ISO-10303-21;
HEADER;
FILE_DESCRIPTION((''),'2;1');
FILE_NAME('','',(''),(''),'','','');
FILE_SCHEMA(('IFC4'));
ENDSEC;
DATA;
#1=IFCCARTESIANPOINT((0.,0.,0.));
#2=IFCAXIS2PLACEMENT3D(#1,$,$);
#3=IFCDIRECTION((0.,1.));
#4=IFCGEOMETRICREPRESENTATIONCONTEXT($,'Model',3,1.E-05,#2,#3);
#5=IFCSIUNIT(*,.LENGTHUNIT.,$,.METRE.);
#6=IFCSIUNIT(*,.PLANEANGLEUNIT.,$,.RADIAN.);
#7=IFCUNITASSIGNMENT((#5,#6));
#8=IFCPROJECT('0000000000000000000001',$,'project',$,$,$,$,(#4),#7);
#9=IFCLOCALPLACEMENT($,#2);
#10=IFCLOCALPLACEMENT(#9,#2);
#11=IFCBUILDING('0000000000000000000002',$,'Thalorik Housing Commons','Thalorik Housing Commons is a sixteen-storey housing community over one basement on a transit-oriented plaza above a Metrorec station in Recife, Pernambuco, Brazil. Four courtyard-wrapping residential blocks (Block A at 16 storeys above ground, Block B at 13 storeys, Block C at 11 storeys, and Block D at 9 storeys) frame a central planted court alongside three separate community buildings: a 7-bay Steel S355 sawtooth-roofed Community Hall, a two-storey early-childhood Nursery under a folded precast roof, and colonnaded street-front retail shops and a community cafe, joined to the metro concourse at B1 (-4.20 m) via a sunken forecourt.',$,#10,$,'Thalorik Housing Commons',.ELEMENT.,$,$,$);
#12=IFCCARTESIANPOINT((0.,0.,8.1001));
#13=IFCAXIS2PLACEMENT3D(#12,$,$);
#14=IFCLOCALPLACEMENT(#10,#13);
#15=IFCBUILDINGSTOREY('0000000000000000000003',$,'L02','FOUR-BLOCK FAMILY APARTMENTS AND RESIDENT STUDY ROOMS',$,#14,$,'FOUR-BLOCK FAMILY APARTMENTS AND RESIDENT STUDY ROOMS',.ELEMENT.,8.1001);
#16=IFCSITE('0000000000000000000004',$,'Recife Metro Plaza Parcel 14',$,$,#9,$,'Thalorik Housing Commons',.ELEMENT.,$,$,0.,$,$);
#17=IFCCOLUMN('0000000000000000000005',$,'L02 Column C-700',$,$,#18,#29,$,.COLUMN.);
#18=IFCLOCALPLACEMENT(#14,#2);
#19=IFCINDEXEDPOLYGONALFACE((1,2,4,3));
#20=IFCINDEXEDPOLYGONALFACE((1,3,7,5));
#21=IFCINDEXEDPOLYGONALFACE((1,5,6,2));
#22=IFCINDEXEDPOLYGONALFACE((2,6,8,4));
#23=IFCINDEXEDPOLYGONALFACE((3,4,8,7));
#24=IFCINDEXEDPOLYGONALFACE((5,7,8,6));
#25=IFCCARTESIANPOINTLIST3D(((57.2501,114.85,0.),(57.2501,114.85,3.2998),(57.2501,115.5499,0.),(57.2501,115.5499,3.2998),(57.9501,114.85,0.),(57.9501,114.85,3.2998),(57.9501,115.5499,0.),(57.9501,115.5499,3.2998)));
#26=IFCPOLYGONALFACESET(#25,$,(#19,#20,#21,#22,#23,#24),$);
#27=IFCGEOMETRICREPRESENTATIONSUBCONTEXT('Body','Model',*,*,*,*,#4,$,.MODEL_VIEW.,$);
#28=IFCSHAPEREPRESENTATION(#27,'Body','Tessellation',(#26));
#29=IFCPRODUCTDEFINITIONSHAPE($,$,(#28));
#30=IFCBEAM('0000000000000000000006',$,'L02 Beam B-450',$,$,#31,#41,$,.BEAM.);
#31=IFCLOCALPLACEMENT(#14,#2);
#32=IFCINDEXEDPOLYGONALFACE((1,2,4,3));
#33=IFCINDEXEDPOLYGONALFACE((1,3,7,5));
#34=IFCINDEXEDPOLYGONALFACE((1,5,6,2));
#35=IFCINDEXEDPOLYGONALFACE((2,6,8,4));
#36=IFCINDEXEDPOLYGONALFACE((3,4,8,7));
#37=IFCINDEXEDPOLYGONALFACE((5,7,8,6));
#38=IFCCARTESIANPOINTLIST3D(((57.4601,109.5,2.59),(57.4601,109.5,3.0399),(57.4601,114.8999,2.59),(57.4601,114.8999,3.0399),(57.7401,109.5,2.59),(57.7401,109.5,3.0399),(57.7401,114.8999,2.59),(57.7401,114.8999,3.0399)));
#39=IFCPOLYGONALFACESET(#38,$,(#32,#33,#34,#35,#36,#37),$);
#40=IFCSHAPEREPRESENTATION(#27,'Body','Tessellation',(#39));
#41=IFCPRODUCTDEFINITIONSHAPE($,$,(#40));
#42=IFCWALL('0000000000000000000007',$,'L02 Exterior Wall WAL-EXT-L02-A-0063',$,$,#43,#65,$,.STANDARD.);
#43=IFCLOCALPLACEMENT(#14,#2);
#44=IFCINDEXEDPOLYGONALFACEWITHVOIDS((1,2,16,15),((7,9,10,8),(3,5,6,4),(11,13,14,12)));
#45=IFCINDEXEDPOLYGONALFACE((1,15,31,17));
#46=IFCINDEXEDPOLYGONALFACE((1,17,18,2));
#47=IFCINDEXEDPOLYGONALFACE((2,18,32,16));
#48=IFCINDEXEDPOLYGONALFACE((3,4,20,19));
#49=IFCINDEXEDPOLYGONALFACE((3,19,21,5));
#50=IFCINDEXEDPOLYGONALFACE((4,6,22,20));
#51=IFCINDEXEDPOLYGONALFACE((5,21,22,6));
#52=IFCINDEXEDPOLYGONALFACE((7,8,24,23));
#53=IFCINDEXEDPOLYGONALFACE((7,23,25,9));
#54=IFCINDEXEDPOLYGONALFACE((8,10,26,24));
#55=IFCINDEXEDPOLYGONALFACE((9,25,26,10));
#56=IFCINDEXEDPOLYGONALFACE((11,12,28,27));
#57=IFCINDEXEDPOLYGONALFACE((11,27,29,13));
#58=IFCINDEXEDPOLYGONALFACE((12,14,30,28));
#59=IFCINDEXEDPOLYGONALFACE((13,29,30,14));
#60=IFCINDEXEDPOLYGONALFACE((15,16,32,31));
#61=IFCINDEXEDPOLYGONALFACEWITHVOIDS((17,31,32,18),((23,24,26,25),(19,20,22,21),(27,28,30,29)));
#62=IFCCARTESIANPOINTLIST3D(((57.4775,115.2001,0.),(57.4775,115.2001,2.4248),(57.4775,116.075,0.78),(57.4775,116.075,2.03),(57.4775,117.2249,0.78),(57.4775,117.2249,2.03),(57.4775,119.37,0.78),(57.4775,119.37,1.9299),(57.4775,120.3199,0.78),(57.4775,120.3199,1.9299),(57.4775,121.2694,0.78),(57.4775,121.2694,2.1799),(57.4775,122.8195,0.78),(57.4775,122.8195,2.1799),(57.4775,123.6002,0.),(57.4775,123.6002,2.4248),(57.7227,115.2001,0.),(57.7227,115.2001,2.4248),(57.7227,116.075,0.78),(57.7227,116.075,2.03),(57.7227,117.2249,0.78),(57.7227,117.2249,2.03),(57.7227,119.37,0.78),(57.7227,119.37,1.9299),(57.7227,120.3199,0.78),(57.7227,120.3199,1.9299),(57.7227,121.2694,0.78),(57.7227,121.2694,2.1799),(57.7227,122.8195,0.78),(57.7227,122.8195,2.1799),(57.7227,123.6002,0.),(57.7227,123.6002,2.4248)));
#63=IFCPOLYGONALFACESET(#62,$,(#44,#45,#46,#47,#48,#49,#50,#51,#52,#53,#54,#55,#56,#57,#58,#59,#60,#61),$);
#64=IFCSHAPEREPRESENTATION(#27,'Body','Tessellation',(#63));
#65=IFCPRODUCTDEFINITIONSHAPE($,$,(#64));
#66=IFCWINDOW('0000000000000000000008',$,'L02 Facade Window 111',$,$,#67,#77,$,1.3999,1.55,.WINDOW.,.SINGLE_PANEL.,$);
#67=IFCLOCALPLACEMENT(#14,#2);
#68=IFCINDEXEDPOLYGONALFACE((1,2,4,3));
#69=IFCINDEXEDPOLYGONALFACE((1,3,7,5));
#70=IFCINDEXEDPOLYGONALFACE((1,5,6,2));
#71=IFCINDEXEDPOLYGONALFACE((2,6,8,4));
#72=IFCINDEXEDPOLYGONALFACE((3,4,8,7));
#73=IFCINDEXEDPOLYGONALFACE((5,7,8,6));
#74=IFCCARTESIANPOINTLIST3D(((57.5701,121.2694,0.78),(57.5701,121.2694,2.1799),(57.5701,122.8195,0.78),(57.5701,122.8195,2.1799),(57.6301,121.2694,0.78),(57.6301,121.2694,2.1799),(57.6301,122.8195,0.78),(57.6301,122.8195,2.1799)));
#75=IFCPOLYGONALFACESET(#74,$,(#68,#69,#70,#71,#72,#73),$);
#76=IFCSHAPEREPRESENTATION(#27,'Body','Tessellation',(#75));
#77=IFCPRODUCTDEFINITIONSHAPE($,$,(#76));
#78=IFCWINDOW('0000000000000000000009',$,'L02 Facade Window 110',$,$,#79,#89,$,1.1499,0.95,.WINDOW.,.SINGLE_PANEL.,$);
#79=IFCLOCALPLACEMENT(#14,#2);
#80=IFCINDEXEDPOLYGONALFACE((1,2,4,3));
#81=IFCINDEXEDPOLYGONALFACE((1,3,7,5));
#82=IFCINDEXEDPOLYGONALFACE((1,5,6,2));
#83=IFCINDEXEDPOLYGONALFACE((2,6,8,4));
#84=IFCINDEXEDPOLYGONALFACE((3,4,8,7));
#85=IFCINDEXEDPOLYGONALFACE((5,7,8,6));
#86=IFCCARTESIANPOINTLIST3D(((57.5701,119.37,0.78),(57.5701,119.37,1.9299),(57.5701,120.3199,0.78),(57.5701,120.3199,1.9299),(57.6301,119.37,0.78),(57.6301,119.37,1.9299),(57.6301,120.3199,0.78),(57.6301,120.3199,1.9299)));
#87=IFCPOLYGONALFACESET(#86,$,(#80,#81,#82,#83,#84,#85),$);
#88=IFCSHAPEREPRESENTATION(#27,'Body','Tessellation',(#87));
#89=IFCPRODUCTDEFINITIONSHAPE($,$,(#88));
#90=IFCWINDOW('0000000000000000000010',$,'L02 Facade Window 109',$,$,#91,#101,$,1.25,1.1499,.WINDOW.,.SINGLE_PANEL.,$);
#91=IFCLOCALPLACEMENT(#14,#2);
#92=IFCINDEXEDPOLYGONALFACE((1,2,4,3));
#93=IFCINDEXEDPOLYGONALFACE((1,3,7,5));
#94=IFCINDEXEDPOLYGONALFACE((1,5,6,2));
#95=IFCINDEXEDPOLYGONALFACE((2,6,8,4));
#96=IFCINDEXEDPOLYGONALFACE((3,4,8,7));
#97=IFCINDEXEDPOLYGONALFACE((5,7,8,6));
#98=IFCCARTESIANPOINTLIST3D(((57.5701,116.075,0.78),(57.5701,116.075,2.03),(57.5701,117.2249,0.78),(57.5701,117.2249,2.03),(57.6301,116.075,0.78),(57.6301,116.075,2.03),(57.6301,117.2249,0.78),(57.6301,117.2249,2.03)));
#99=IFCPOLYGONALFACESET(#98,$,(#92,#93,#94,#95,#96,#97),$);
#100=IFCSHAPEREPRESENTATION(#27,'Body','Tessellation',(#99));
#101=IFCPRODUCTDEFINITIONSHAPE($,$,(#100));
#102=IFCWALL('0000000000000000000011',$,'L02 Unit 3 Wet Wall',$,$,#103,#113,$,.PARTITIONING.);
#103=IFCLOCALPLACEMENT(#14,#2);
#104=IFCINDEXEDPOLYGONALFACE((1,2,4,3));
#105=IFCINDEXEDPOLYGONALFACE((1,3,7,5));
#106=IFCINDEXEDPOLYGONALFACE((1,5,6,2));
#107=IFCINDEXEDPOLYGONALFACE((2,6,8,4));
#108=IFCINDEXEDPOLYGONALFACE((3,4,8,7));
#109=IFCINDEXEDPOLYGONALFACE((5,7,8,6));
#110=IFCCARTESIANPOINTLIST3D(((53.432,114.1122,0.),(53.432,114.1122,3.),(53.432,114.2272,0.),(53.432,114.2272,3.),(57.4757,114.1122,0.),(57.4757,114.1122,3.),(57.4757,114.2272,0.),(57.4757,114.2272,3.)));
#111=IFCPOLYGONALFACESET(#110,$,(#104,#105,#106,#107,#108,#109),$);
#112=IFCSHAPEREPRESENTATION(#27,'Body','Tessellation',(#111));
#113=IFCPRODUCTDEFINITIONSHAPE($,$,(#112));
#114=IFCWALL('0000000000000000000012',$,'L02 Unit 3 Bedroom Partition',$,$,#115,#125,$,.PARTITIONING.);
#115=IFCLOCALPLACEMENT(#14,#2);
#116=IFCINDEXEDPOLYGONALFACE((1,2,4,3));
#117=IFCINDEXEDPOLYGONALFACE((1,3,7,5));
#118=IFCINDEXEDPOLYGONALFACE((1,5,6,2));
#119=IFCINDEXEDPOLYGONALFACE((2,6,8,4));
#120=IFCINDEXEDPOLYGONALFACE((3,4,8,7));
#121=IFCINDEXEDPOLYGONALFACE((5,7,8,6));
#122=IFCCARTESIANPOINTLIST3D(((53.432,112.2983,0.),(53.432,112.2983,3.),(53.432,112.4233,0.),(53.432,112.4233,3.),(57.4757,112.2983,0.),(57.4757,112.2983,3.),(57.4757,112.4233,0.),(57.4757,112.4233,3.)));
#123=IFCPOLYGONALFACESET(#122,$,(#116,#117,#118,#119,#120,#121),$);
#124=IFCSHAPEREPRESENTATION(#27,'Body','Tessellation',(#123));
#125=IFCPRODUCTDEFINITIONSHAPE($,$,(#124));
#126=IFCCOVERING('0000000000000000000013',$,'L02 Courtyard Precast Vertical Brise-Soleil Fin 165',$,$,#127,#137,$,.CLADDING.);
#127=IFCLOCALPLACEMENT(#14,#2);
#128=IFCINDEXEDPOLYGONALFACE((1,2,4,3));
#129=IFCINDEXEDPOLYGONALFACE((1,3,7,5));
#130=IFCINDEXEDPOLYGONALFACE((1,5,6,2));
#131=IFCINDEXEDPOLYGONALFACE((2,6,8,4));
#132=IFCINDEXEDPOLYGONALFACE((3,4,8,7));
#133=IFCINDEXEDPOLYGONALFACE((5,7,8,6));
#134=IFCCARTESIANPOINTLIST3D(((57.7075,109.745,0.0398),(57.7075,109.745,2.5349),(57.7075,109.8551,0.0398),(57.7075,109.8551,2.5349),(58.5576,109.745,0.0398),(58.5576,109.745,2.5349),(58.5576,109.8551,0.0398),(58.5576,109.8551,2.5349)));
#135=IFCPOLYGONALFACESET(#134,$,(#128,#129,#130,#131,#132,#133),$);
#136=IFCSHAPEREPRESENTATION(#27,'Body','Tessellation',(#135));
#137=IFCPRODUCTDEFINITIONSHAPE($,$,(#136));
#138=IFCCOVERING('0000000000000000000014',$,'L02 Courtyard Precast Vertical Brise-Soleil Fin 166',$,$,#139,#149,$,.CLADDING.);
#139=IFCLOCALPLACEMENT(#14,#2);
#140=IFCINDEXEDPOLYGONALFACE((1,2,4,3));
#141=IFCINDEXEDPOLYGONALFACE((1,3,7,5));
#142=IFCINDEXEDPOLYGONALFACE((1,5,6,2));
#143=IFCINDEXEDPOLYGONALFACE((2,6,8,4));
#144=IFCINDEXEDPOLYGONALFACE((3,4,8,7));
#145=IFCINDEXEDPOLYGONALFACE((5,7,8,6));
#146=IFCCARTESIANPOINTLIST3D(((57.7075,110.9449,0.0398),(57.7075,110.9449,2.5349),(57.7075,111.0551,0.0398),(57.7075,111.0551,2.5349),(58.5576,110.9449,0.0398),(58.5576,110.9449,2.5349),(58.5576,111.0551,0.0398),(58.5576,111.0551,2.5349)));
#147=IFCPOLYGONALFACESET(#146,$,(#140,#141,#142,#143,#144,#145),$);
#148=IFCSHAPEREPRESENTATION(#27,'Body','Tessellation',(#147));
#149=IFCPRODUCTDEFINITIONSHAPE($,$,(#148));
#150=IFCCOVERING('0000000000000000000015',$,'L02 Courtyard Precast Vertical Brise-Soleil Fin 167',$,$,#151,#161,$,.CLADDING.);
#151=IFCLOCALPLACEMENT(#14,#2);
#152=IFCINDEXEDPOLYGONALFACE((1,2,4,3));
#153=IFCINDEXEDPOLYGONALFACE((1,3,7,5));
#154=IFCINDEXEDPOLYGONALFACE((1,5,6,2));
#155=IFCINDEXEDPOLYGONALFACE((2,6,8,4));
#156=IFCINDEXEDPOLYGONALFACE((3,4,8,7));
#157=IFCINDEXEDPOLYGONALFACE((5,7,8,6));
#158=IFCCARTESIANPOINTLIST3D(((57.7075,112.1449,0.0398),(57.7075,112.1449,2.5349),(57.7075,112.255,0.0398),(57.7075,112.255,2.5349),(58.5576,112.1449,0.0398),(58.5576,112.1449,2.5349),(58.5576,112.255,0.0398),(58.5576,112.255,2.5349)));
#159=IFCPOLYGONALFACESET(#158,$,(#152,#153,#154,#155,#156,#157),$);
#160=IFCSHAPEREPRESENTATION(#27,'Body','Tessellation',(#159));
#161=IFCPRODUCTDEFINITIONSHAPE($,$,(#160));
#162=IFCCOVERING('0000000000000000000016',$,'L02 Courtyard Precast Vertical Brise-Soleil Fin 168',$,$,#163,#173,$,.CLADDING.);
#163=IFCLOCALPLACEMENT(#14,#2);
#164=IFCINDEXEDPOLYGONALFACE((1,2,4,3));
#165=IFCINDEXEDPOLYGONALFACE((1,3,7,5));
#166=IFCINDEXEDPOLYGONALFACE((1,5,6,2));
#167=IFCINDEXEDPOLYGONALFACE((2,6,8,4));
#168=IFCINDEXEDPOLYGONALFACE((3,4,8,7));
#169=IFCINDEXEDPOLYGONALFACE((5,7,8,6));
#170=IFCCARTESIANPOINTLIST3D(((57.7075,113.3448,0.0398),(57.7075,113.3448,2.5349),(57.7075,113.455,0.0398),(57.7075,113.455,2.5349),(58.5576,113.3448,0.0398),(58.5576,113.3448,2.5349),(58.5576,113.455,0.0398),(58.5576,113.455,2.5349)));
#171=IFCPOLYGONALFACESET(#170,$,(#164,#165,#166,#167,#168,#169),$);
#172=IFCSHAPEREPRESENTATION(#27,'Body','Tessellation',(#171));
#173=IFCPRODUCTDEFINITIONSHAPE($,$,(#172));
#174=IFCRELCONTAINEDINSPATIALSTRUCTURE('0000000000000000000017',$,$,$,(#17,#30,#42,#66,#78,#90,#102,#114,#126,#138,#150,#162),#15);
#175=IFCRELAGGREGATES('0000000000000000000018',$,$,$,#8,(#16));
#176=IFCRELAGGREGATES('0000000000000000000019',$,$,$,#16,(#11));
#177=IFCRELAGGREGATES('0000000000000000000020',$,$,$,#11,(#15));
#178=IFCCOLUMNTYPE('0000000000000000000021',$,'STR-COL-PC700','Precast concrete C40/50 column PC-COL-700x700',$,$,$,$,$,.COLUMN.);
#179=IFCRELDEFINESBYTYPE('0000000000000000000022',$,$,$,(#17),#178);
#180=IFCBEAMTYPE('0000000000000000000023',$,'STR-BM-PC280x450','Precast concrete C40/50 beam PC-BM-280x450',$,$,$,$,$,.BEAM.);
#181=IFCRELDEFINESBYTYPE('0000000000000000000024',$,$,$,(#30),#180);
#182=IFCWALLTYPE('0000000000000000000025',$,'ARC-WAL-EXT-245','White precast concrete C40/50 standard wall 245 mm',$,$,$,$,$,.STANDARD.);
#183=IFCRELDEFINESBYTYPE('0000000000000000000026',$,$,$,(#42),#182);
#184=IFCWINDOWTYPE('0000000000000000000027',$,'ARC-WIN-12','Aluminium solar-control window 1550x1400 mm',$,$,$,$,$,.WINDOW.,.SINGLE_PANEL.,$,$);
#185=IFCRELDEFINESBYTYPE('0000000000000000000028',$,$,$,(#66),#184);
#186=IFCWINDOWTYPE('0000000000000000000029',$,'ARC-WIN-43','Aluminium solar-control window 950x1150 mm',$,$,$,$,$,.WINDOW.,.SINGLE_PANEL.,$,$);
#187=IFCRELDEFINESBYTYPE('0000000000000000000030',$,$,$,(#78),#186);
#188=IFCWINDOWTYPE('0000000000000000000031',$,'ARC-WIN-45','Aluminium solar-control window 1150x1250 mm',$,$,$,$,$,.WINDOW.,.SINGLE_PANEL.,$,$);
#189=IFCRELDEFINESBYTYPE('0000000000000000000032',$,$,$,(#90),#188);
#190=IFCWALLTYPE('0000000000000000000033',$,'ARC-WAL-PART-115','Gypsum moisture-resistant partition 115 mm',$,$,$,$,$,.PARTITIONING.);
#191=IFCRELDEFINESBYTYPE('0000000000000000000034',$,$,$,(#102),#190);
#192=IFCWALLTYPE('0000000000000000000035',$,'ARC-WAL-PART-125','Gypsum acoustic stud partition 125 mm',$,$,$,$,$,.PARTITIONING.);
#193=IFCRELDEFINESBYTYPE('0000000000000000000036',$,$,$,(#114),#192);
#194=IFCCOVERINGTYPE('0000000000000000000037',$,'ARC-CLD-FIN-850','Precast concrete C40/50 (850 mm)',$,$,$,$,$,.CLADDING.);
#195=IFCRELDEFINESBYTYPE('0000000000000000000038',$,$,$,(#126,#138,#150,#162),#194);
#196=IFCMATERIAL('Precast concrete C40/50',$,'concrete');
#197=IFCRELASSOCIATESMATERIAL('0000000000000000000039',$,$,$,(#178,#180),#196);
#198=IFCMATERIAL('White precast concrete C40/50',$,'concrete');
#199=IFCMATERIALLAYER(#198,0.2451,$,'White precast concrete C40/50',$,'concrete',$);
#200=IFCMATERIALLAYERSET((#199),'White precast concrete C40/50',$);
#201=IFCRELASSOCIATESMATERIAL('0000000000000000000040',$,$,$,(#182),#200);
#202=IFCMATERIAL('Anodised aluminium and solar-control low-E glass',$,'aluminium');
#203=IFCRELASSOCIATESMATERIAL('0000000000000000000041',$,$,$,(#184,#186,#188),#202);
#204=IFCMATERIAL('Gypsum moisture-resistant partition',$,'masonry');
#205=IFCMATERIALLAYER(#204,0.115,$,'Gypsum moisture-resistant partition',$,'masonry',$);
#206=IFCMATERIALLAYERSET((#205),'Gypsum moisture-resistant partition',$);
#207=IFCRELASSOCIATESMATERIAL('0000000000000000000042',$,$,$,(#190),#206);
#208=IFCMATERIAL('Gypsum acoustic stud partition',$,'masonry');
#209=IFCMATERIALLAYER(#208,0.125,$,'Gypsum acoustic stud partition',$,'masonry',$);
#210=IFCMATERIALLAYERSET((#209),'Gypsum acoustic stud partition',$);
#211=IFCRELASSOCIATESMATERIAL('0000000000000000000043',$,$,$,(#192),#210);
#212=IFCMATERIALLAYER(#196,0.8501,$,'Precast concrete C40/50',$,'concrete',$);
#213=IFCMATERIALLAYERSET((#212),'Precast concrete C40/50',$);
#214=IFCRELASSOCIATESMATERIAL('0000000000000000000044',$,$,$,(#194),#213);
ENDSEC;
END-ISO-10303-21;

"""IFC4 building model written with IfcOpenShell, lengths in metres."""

from ifc_helpers import new_model, si_unit, direction, frame, frame_2d, origin, origin_2d, place, context, subcontext, project, spatial, rectangle, extrude, material, layer, layer_set, material_profile, profile_set, type_object, element, fill, save


model = new_model("IFC4")

# Units and contexts
model_context = context("Model", 3, precision=1e-05, world=origin(), true_north=direction((0.0, 1.0)))
body_context = subcontext(model_context, "Body", "Model", "MODEL_VIEW")
ifc_project = project(units=[si_unit("LENGTHUNIT", "METRE"), si_unit("PLANEANGLEUNIT", "RADIAN")], contexts=[model_context])

# Site, building, storey
site_placement = place(None, origin())
site = spatial("IfcSite", under=ifc_project, at=site_placement, Name="Recife Metro Plaza Parcel 14", LongName="Thalorik Housing Commons", CompositionType="ELEMENT", RefElevation=0.0)
building_placement = place(site_placement, origin())
building = spatial("IfcBuilding", under=site, at=building_placement, Name="Thalorik Housing Commons", Description="Thalorik Housing Commons is a sixteen-storey housing community over one basement on a transit-oriented plaza above a Metrorec station in Recife, Pernambuco, Brazil. Four courtyard-wrapping residential blocks (Block A at 16 storeys above ground, Block B at 13 storeys, Block C at 11 storeys, and Block D at 9 storeys) frame a central planted court alongside three separate community buildings: a 7-bay Steel S355 sawtooth-roofed Community Hall, a two-storey early-childhood Nursery under a folded precast roof, and colonnaded street-front retail shops and a community cafe, joined to the metro concourse at B1 (-4.20 m) via a sunken forecourt.", LongName="Thalorik Housing Commons", CompositionType="ELEMENT")
storey_placement = place(building_placement, frame((0.0, 0.0, 8.1001)))
storey = spatial("IfcBuildingStorey", under=building, at=storey_placement, Name="L02", Description="FOUR-BLOCK FAMILY APARTMENTS AND RESIDENT STUDY ROOMS", LongName="FOUR-BLOCK FAMILY APARTMENTS AND RESIDENT STUDY ROOMS", CompositionType="ELEMENT", Elevation=8.1001)

# Column
ifc_material_1 = material(Name="Precast concrete C40/50", Category="concrete")
ifc_material_profile_1 = material_profile(ifc_material_1, rectangle(XDim=0.7, YDim=0.7, at=origin_2d()), Name="PC 700x700", Category="concrete")
ifc_profile_set_1 = profile_set([ifc_material_profile_1], Name="Precast concrete C40/50")
column_type = type_object("IfcColumnType", Name="STR-COL-PC700", Description="Precast concrete C40/50 column PC-COL-700x700", PredefinedType="COLUMN", material=ifc_profile_set_1)
column_placement = place(storey_placement, frame((57.6001, 115.2, 0.0), z_axis=(0.0, 0.0, 1.0), x_axis=(1.0, 0.0, 0.0)))
element("IfcColumn", 1, at=column_placement, inside=storey, type_object=column_type, Name="L02 Column C-700", PredefinedType="COLUMN", context=body_context, shape_type="SweptSolid", body=[
    extrude(rectangle(XDim=0.7, YDim=0.7, at=origin_2d()), origin(), (0.0, 0.0, 1.0), 3.2998),
])

# Beam
ifc_material_profile_2 = material_profile(ifc_material_1, rectangle(XDim=0.28, YDim=0.45, at=origin_2d()), Name="PC 280x450", Category="concrete")
ifc_profile_set_2 = profile_set([ifc_material_profile_2], Name="Precast concrete C40/50")
beam_type = type_object("IfcBeamType", Name="STR-BM-PC280x450", Description="Precast concrete C40/50 beam PC-BM-280x450", PredefinedType="BEAM", material=ifc_profile_set_2)
beam_placement = place(storey_placement, frame((57.6001, 109.5, 2.8149), z_axis=(0.0, 1.0, 0.0), x_axis=(-1.0, 0.0, 0.0)))
element("IfcBeam", 2, at=beam_placement, inside=storey, type_object=beam_type, Name="L02 Beam B-450", PredefinedType="BEAM", context=body_context, shape_type="SweptSolid", body=[
    extrude(rectangle(XDim=0.28, YDim=0.45, at=origin_2d()), origin(), (0.0, 0.0, 1.0), 5.3999),
])

# Wall, openings, windows
ifc_material_2 = material(Name="White precast concrete C40/50", Category="concrete")
ifc_layer_1 = layer(ifc_material_2, 0.2451, Name="White precast concrete C40/50", Category="concrete")
ifc_layer_set_1 = layer_set([ifc_layer_1], Name="White precast concrete C40/50")
wall_type_1 = type_object("IfcWallType", Name="ARC-WAL-EXT-245", Description="White precast concrete C40/50 standard wall 245 mm", PredefinedType="STANDARD", material=ifc_layer_set_1)
wall_1_placement = place(storey_placement, frame((57.6001, 115.2, 0.0), z_axis=(0.0, 0.0, 1.0), x_axis=(0.0, 1.0, 0.0)))
wall_1 = element("IfcWall", 3, at=wall_1_placement, inside=storey, type_object=wall_type_1, Name="L02 Exterior Wall WAL-EXT-L02-A-0063", PredefinedType="STANDARD", context=body_context, shape_type="SweptSolid", body=[
    extrude(rectangle(XDim=8.4001, YDim=0.2451, at=frame_2d((4.2002, 0.0))), origin(), (0.0, 0.0, 1.0), 2.4248),
])
opening_1_placement = place(wall_1_placement, frame((0.875, 0.0, 0.78)))
opening_1 = element("IfcOpeningElement", 4, at=opening_1_placement, cuts=wall_1, PredefinedType="OPENING", context=body_context, shape_type="SweptSolid", body=[
    extrude(rectangle(XDim=1.1499, YDim=1.25, at=frame_2d((0.575, 0.625))), frame((0.0, 0.1326, 0.0), z_axis=(0.0, -1.0, 0.0), x_axis=(1.0, 0.0, 0.0)), (0.0, 0.0, 1.0), 0.2651),
])
opening_2_placement = place(wall_1_placement, frame((4.1699, 0.0, 0.78)))
opening_2 = element("IfcOpeningElement", 5, at=opening_2_placement, cuts=wall_1, PredefinedType="OPENING", context=body_context, shape_type="SweptSolid", body=[
    extrude(rectangle(XDim=0.95, YDim=1.1499, at=frame_2d((0.4751, 0.575))), frame((0.0, 0.1326, 0.0), z_axis=(0.0, -1.0, 0.0), x_axis=(1.0, 0.0, 0.0)), (0.0, 0.0, 1.0), 0.2651),
])
opening_3_placement = place(wall_1_placement, frame((6.0696, 0.0, 0.78)))
opening_3 = element("IfcOpeningElement", 6, at=opening_3_placement, cuts=wall_1, PredefinedType="OPENING", context=body_context, shape_type="SweptSolid", body=[
    extrude(rectangle(XDim=1.55, YDim=1.3999, at=frame_2d((0.7749, 0.7))), frame((0.0, 0.1326, 0.0), z_axis=(0.0, -1.0, 0.0), x_axis=(1.0, 0.0, 0.0)), (0.0, 0.0, 1.0), 0.2651),
])
ifc_material_3 = material(Name="Anodised aluminium and solar-control low-E glass", Category="aluminium")
window_type_1 = type_object("IfcWindowType", Name="ARC-WIN-12", Description="Aluminium solar-control window 1550x1400 mm", PartitioningType="SINGLE_PANEL", PredefinedType="WINDOW", material=ifc_material_3)
window_1_placement = place(opening_3_placement, origin())
window_1 = element("IfcWindow", 7, at=window_1_placement, inside=storey, type_object=window_type_1, Name="L02 Facade Window 111", OverallHeight=1.3999, OverallWidth=1.55, PartitioningType="SINGLE_PANEL", PredefinedType="WINDOW", context=body_context, shape_type="SweptSolid", body=[
    extrude(rectangle(XDim=1.55, YDim=1.3999, at=frame_2d((0.7749, 0.7))), frame((0.0, 0.03, 0.0), z_axis=(0.0, -1.0, 0.0), x_axis=(1.0, 0.0, 0.0)), (0.0, 0.0, 1.0), 0.0601),
])
fill(opening_3, window_1)
window_type_2 = type_object("IfcWindowType", Name="ARC-WIN-43", Description="Aluminium solar-control window 950x1150 mm", PartitioningType="SINGLE_PANEL", PredefinedType="WINDOW", material=ifc_material_3)
window_2_placement = place(opening_2_placement, origin())
window_2 = element("IfcWindow", 8, at=window_2_placement, inside=storey, type_object=window_type_2, Name="L02 Facade Window 110", OverallHeight=1.1499, OverallWidth=0.95, PartitioningType="SINGLE_PANEL", PredefinedType="WINDOW", context=body_context, shape_type="SweptSolid", body=[
    extrude(rectangle(XDim=0.95, YDim=1.1499, at=frame_2d((0.4751, 0.575))), frame((0.0, 0.03, 0.0), z_axis=(0.0, -1.0, 0.0), x_axis=(1.0, 0.0, 0.0)), (0.0, 0.0, 1.0), 0.0601),
])
fill(opening_2, window_2)
window_type_3 = type_object("IfcWindowType", Name="ARC-WIN-45", Description="Aluminium solar-control window 1150x1250 mm", PartitioningType="SINGLE_PANEL", PredefinedType="WINDOW", material=ifc_material_3)
window_3_placement = place(opening_1_placement, origin())
window_3 = element("IfcWindow", 9, at=window_3_placement, inside=storey, type_object=window_type_3, Name="L02 Facade Window 109", OverallHeight=1.25, OverallWidth=1.1499, PartitioningType="SINGLE_PANEL", PredefinedType="WINDOW", context=body_context, shape_type="SweptSolid", body=[
    extrude(rectangle(XDim=1.1499, YDim=1.25, at=frame_2d((0.575, 0.625))), frame((0.0, 0.03, 0.0), z_axis=(0.0, -1.0, 0.0), x_axis=(1.0, 0.0, 0.0)), (0.0, 0.0, 1.0), 0.0601),
])
fill(opening_1, window_3)

# Walls
ifc_material_4 = material(Name="Gypsum moisture-resistant partition", Category="masonry")
ifc_layer_2 = layer(ifc_material_4, 0.115, Name="Gypsum moisture-resistant partition", Category="masonry")
ifc_layer_set_2 = layer_set([ifc_layer_2], Name="Gypsum moisture-resistant partition")
wall_type_2 = type_object("IfcWallType", Name="ARC-WAL-PART-115", Description="Gypsum moisture-resistant partition 115 mm", PredefinedType="PARTITIONING", material=ifc_layer_set_2)
wall_2_placement = place(storey_placement, frame((53.4319, 114.1697, 0.0), z_axis=(0.0, 0.0, 1.0), x_axis=(1.0, 0.0, 0.0)))
element("IfcWall", 10, at=wall_2_placement, inside=storey, type_object=wall_type_2, Name="L02 Unit 3 Wet Wall", PredefinedType="PARTITIONING", context=body_context, shape_type="SweptSolid", body=[
    extrude(rectangle(XDim=4.0437, YDim=0.115, at=frame_2d((2.022, 0.0))), origin(), (0.0, 0.0, 1.0), 3.0),
])
ifc_material_5 = material(Name="Gypsum acoustic stud partition", Category="masonry")
ifc_layer_3 = layer(ifc_material_5, 0.125, Name="Gypsum acoustic stud partition", Category="masonry")
ifc_layer_set_3 = layer_set([ifc_layer_3], Name="Gypsum acoustic stud partition")
wall_type_3 = type_object("IfcWallType", Name="ARC-WAL-PART-125", Description="Gypsum acoustic stud partition 125 mm", PredefinedType="PARTITIONING", material=ifc_layer_set_3)
wall_3_placement = place(storey_placement, frame((53.4319, 112.3608, 0.0), z_axis=(0.0, 0.0, 1.0), x_axis=(1.0, 0.0, 0.0)))
element("IfcWall", 11, at=wall_3_placement, inside=storey, type_object=wall_type_3, Name="L02 Unit 3 Bedroom Partition", PredefinedType="PARTITIONING", context=body_context, shape_type="SweptSolid", body=[
    extrude(rectangle(XDim=4.0437, YDim=0.125, at=frame_2d((2.022, 0.0))), origin(), (0.0, 0.0, 1.0), 3.0),
])

# Coverings
ifc_layer_4 = layer(ifc_material_1, 0.8501, Name="Precast concrete C40/50", Category="concrete")
ifc_layer_set_4 = layer_set([ifc_layer_4], Name="Precast concrete C40/50")
covering_type_1 = type_object("IfcCoveringType", Name="ARC-CLD-FIN-850", Description="Precast concrete C40/50 (850 mm)", PredefinedType="CLADDING", material=ifc_layer_set_4)
for number, where, z_axis, x_axis, name in (
    (12, (58.1326, 109.8, 0.0398), (0.0, 0.0, 1.0), (0.0, 1.0, 0.0), "L02 Courtyard Precast Vertical Brise-Soleil Fin 165"),
    (13, (58.1326, 111.0, 0.0398), (0.0, 0.0, 1.0), (0.0, 1.0, 0.0), "L02 Courtyard Precast Vertical Brise-Soleil Fin 166"),
    (14, (58.1326, 112.2, 0.0398), (0.0, 0.0, 1.0), (0.0, 1.0, 0.0), "L02 Courtyard Precast Vertical Brise-Soleil Fin 167"),
    (15, (58.1326, 113.3999, 0.0398), (0.0, 0.0, 1.0), (0.0, 1.0, 0.0), "L02 Courtyard Precast Vertical Brise-Soleil Fin 168"),
):
    element("IfcCovering", number, at=place(storey_placement, frame(where, z_axis=z_axis, x_axis=x_axis)), inside=storey, type_object=covering_type_1, Name=name, PredefinedType="CLADDING", context=body_context, shape_type="SweptSolid", body=[
        extrude(rectangle(XDim=0.1101, YDim=0.8501, at=origin_2d()), origin(), (0.0, 0.0, 1.0), 2.4951),
    ])

save(model, "model.ifc")
